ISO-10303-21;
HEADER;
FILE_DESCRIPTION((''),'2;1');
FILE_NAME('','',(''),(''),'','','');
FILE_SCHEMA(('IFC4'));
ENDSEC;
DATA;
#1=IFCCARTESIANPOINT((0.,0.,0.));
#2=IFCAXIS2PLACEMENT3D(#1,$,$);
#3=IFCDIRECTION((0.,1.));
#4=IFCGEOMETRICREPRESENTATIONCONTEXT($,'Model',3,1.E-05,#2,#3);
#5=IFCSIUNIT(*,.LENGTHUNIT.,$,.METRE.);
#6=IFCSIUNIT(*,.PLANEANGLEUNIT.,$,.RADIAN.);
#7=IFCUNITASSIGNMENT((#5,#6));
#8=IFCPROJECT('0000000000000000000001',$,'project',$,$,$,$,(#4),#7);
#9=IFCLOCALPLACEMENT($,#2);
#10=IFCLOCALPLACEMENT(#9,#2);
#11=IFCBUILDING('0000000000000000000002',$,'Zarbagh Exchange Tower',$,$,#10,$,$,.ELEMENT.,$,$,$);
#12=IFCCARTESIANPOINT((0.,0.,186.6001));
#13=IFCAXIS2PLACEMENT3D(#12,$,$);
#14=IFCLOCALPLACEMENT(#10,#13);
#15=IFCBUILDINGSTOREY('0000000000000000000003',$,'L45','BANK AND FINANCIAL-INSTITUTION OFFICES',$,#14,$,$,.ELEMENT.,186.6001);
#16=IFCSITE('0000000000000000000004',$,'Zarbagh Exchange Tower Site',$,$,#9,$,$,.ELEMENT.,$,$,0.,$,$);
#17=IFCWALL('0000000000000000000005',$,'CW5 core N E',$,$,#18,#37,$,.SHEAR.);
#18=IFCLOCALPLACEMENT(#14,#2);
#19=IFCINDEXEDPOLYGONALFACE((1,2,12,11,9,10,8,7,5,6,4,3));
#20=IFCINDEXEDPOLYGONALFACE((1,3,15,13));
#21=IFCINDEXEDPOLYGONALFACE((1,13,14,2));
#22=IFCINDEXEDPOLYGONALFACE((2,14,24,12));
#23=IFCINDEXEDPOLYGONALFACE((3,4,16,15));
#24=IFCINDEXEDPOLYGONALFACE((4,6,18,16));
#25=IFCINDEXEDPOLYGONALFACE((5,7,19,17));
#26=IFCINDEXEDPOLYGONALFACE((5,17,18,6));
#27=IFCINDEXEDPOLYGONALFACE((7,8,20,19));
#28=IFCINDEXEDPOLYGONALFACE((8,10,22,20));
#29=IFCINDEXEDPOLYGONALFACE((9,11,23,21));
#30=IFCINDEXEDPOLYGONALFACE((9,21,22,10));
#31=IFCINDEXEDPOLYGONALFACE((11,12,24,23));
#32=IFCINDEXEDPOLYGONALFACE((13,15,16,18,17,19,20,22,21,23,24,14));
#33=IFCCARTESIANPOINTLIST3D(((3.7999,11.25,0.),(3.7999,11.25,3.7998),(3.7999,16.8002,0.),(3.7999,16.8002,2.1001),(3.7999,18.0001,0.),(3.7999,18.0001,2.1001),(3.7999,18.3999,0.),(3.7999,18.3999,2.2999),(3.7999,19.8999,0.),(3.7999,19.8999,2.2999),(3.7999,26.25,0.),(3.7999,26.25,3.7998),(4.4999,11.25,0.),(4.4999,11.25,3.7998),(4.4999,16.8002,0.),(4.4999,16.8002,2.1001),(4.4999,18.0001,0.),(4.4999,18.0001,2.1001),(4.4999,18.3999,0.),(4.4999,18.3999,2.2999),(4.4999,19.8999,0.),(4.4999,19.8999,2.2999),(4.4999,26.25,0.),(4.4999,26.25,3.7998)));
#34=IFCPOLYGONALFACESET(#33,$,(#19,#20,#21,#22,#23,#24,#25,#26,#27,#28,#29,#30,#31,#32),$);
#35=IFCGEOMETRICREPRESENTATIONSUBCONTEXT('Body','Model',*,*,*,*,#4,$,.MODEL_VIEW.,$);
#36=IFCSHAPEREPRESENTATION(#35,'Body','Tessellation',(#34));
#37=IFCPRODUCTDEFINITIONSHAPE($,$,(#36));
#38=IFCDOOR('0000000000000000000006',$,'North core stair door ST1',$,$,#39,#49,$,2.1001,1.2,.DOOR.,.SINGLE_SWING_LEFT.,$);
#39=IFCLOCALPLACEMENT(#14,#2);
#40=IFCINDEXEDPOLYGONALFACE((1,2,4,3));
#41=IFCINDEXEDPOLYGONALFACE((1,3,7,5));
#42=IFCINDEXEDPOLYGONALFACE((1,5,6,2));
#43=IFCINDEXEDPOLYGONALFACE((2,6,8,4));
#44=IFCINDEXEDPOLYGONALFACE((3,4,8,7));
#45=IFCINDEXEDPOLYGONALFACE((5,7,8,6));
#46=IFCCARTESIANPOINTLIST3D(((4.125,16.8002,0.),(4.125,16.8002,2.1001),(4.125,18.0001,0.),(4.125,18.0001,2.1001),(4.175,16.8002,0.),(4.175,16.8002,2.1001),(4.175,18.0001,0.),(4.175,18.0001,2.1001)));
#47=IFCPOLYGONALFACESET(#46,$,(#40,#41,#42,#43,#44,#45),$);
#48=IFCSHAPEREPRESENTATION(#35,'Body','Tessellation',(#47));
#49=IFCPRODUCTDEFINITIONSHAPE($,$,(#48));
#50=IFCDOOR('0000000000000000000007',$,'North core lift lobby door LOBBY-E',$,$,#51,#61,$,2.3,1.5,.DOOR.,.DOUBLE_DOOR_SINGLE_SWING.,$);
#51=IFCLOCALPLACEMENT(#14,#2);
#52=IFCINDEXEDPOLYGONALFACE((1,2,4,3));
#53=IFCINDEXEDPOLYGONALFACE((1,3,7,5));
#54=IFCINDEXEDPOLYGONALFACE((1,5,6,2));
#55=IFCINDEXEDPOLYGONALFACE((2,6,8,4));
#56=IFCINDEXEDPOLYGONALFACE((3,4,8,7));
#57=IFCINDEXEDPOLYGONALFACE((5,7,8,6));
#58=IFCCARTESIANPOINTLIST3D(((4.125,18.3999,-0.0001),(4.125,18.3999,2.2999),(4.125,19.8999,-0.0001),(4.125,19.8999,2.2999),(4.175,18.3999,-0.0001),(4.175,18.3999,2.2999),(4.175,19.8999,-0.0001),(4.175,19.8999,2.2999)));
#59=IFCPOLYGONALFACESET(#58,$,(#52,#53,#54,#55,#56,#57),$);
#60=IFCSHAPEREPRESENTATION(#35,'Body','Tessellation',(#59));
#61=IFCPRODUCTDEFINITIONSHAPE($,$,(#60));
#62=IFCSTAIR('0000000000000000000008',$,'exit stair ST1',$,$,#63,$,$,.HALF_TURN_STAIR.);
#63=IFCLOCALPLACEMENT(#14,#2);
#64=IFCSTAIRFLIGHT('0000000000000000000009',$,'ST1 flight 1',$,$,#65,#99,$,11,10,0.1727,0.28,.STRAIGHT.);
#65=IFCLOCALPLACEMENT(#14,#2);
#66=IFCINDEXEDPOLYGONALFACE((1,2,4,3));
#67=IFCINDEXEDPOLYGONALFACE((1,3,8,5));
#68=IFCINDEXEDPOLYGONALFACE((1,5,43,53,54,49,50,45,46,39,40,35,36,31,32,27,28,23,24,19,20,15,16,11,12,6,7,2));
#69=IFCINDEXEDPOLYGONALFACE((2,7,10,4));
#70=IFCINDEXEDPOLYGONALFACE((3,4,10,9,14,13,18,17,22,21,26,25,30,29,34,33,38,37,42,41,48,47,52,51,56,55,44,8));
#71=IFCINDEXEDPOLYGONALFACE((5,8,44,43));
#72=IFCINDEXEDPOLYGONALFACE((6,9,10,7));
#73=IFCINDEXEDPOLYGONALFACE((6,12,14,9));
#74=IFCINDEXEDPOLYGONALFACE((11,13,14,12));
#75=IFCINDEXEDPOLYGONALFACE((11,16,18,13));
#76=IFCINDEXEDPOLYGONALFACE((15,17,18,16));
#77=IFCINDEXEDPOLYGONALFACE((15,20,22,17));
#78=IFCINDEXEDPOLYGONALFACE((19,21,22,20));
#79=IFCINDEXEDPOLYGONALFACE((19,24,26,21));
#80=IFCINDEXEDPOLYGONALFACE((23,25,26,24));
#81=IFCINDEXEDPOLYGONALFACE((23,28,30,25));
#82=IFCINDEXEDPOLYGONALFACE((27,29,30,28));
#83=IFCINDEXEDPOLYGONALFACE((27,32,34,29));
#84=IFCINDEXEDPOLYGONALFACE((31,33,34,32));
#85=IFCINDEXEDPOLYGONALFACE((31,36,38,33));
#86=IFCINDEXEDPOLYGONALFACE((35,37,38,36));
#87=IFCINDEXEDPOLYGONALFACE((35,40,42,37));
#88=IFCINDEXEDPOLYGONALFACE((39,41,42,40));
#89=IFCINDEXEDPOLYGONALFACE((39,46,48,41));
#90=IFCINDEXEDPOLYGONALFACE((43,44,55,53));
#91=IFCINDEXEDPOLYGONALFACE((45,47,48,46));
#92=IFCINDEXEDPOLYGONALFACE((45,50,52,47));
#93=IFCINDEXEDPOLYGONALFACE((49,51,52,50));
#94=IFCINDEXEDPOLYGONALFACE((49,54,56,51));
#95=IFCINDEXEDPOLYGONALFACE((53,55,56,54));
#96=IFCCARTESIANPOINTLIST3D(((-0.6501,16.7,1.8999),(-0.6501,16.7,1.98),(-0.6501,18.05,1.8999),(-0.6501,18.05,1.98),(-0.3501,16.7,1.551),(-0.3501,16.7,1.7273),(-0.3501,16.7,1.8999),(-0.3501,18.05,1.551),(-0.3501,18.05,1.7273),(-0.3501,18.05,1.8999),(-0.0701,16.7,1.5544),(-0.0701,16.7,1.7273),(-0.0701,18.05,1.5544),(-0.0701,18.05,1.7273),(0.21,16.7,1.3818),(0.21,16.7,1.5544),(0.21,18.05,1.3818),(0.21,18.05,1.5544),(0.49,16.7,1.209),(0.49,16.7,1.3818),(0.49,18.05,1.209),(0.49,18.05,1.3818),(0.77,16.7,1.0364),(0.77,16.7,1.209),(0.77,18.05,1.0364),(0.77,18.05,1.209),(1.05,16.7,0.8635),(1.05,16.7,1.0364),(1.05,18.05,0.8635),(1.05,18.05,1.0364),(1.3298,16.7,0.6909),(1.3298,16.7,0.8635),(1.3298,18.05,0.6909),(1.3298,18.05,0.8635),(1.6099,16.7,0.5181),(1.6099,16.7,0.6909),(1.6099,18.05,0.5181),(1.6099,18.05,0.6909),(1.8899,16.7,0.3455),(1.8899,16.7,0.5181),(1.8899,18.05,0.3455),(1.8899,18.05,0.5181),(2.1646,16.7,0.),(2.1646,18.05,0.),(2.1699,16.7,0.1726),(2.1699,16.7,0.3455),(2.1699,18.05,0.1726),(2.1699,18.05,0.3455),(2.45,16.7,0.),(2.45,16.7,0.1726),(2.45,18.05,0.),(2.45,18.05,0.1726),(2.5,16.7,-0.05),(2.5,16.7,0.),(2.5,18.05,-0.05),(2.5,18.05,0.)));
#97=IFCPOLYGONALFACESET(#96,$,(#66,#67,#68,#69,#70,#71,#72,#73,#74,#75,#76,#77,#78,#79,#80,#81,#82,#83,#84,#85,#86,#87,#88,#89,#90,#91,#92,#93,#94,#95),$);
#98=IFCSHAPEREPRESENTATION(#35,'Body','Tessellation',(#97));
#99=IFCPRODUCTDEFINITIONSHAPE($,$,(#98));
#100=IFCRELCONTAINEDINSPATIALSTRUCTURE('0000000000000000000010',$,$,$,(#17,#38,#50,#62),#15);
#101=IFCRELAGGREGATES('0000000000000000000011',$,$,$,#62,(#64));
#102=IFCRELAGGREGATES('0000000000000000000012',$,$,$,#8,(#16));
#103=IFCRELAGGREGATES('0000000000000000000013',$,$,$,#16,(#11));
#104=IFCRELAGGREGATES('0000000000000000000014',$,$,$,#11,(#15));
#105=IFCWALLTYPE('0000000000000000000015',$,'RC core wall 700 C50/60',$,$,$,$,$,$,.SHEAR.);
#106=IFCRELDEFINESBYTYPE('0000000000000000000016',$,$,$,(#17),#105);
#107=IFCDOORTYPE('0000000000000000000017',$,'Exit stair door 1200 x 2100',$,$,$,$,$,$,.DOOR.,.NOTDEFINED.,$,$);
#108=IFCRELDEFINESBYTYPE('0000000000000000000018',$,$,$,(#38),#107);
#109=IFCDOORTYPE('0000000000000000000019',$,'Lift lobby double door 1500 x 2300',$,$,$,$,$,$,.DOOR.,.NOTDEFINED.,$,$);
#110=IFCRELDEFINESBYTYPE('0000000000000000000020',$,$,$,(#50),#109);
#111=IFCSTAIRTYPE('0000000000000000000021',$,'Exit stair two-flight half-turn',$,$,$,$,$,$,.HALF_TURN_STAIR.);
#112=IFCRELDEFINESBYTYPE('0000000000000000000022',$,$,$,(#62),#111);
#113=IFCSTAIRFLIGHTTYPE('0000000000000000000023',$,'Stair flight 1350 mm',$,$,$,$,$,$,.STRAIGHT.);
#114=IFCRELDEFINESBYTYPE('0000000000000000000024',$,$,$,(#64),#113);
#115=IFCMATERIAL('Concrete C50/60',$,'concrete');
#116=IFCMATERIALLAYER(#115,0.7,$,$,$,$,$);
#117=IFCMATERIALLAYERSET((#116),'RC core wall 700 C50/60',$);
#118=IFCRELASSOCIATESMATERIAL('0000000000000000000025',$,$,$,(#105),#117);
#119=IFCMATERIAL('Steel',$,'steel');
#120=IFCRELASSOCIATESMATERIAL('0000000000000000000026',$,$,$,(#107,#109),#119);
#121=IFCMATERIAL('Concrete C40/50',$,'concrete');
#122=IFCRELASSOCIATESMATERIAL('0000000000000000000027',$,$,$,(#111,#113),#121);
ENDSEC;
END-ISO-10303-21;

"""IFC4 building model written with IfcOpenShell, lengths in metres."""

from ifc_helpers import new_model, si_unit, direction, frame, frame_2d, origin, place, context, subcontext, project, spatial, polyline, rectangle, outline, extrude, material, layer, layer_set, type_object, element, fill, aggregate, save


model = new_model("IFC4")

# Units and contexts
model_context = context("Model", 3, precision=1e-05, world=origin(), true_north=direction((0.0, 1.0)))
body_context = subcontext(model_context, "Body", "Model", "MODEL_VIEW")
ifc_project = project(units=[si_unit("LENGTHUNIT", "METRE"), si_unit("PLANEANGLEUNIT", "RADIAN")], contexts=[model_context])

# Site, building, storey
site_placement = place(None, origin())
site = spatial("IfcSite", under=ifc_project, at=site_placement, Name="Zarbagh Exchange Tower Site", CompositionType="ELEMENT", RefElevation=0.0)
building_placement = place(site_placement, origin())
building = spatial("IfcBuilding", under=site, at=building_placement, Name="Zarbagh Exchange Tower", CompositionType="ELEMENT")
storey_placement = place(building_placement, frame((0.0, 0.0, 186.6001)))
storey = spatial("IfcBuildingStorey", under=building, at=storey_placement, Name="L45", Description="BANK AND FINANCIAL-INSTITUTION OFFICES", CompositionType="ELEMENT", Elevation=186.6001)

# Shared definitions
ifc_material_1 = material(Name="Concrete C50/60", Category="concrete")

# Wall, openings, doors
ifc_layer_1 = layer(ifc_material_1, 0.7)
ifc_layer_set_1 = layer_set([ifc_layer_1], Name="RC core wall 700 C50/60")
wall_type_1 = type_object("IfcWallType", Name="RC core wall 700 C50/60", PredefinedType="SHEAR", material=ifc_layer_set_1)
wall_1_placement = place(storey_placement, frame((4.1499, 11.25, 0.0), z_axis=(0.0, 0.0, 1.0), x_axis=(0.0, 1.0, 0.0)))
wall_1 = element("IfcWall", 1, at=wall_1_placement, inside=storey, type_object=wall_type_1, Name="CW5 core N E", PredefinedType="SHEAR", context=body_context, shape_type="SweptSolid", body=[
    extrude(rectangle(XDim=15.0, YDim=0.7, at=frame_2d((7.5, 0.0))), origin(), (0.0, 0.0, 1.0), 3.7998),
])
opening_1_placement = place(wall_1_placement, frame((7.1499, 0.0, 0.0)))
opening_1 = element("IfcOpeningElement", 2, at=opening_1_placement, cuts=wall_1, PredefinedType="OPENING", context=body_context, shape_type="SweptSolid", body=[
    extrude(rectangle(XDim=1.5, YDim=2.3, at=frame_2d((0.75, 1.1499))), frame((0.0, 0.3599, 0.0), z_axis=(0.0, -1.0, 0.0), x_axis=(1.0, 0.0, 0.0)), (0.0, 0.0, 1.0), 0.72),
])
opening_2_placement = place(wall_1_placement, frame((5.55, 0.0, 0.0)))
opening_2 = element("IfcOpeningElement", 3, at=opening_2_placement, cuts=wall_1, PredefinedType="OPENING", context=body_context, shape_type="SweptSolid", body=[
    extrude(rectangle(XDim=1.2, YDim=2.1001, at=frame_2d((0.6001, 1.05))), frame((0.0, 0.3599, 0.0), z_axis=(0.0, -1.0, 0.0), x_axis=(1.0, 0.0, 0.0)), (0.0, 0.0, 1.0), 0.72),
])
ifc_material_2 = material(Name="Steel", Category="steel")
door_type_1 = type_object("IfcDoorType", Name="Exit stair door 1200 x 2100", OperationType="NOTDEFINED", PredefinedType="DOOR", material=ifc_material_2)
door_1_placement = place(opening_2_placement, origin())
door_1 = element("IfcDoor", 4, at=door_1_placement, inside=storey, type_object=door_type_1, Name="North core stair door ST1", OperationType="SINGLE_SWING_LEFT", OverallHeight=2.1001, OverallWidth=1.2, PredefinedType="DOOR", context=body_context, shape_type="SweptSolid", body=[
    extrude(rectangle(XDim=1.2, YDim=2.1001, at=frame_2d((0.6001, 1.05))), frame((0.0, 0.0249, 0.0), z_axis=(0.0, -1.0, 0.0), x_axis=(1.0, 0.0, 0.0)), (0.0, 0.0, 1.0), 0.05),
])
fill(opening_2, door_1)
door_type_2 = type_object("IfcDoorType", Name="Lift lobby double door 1500 x 2300", OperationType="NOTDEFINED", PredefinedType="DOOR", material=ifc_material_2)
door_2_placement = place(opening_1_placement, origin())
door_2 = element("IfcDoor", 5, at=door_2_placement, inside=storey, type_object=door_type_2, Name="North core lift lobby door LOBBY-E", OperationType="DOUBLE_DOOR_SINGLE_SWING", OverallHeight=2.3, OverallWidth=1.5, PredefinedType="DOOR", context=body_context, shape_type="SweptSolid", body=[
    extrude(rectangle(XDim=1.5, YDim=2.3, at=frame_2d((0.75, 1.1499))), frame((0.0, 0.0249, 0.0), z_axis=(0.0, -1.0, 0.0), x_axis=(1.0, 0.0, 0.0)), (0.0, 0.0, 1.0), 0.05),
])
fill(opening_1, door_2)

# Stair, stair flight
ifc_material_3 = material(Name="Concrete C40/50", Category="concrete")
stair_type = type_object("IfcStairType", Name="Exit stair two-flight half-turn", PredefinedType="HALF_TURN_STAIR", material=ifc_material_3)
stair_placement = place(storey_placement, origin())
stair = element("IfcStair", 6, at=stair_placement, inside=storey, type_object=stair_type, Name="exit stair ST1", PredefinedType="HALF_TURN_STAIR")
stair_flight_type = type_object("IfcStairFlightType", Name="Stair flight 1350 mm", PredefinedType="STRAIGHT", material=ifc_material_3)
stair_flight_placement = place(storey_placement, frame((2.45, 17.375, 0.0), z_axis=(0.0, 0.0, 1.0), x_axis=(-1.0, 0.0, 0.0)))
stair_flight = element("IfcStairFlight", 7, at=stair_flight_placement, type_object=stair_flight_type, Name="ST1 flight 1", NumberOfRisers=11, NumberOfTreads=10, PredefinedType="STRAIGHT", RiserHeight=0.1727, TreadLength=0.28, context=body_context, shape_type="SweptSolid", body=[
    extrude(outline(polyline([(-0.05, -0.05), (-0.05, 0.0), (0.0, 0.0), (0.0, 0.1726), (0.28, 0.1726), (0.28, 0.3455), (0.5601, 0.3455), (0.5601, 0.5181), (0.8401, 0.5181), (0.8401, 0.6909), (1.1201, 0.6909), (1.1201, 0.8635), (1.3999, 0.8635), (1.3999, 1.0364), (1.6799, 1.0364), (1.6799, 1.209), (1.96, 1.209), (1.96, 1.3818), (2.24, 1.3818), (2.24, 1.5544), (2.52, 1.5544), (2.52, 1.7273), (2.8, 1.7273), (2.8, 1.8999), (3.1001, 1.98), (3.1001, 1.8999), (2.8, 1.551), (0.2854, 0.0), (-0.05, -0.05)])), frame((0.0, 0.675, 0.0), z_axis=(0.0, -1.0, 0.0), x_axis=(1.0, 0.0, 0.0)), (0.0, 0.0, 1.0), 1.3501),
])
aggregate(stair, [stair_flight])

save(model, "model.ifc")
